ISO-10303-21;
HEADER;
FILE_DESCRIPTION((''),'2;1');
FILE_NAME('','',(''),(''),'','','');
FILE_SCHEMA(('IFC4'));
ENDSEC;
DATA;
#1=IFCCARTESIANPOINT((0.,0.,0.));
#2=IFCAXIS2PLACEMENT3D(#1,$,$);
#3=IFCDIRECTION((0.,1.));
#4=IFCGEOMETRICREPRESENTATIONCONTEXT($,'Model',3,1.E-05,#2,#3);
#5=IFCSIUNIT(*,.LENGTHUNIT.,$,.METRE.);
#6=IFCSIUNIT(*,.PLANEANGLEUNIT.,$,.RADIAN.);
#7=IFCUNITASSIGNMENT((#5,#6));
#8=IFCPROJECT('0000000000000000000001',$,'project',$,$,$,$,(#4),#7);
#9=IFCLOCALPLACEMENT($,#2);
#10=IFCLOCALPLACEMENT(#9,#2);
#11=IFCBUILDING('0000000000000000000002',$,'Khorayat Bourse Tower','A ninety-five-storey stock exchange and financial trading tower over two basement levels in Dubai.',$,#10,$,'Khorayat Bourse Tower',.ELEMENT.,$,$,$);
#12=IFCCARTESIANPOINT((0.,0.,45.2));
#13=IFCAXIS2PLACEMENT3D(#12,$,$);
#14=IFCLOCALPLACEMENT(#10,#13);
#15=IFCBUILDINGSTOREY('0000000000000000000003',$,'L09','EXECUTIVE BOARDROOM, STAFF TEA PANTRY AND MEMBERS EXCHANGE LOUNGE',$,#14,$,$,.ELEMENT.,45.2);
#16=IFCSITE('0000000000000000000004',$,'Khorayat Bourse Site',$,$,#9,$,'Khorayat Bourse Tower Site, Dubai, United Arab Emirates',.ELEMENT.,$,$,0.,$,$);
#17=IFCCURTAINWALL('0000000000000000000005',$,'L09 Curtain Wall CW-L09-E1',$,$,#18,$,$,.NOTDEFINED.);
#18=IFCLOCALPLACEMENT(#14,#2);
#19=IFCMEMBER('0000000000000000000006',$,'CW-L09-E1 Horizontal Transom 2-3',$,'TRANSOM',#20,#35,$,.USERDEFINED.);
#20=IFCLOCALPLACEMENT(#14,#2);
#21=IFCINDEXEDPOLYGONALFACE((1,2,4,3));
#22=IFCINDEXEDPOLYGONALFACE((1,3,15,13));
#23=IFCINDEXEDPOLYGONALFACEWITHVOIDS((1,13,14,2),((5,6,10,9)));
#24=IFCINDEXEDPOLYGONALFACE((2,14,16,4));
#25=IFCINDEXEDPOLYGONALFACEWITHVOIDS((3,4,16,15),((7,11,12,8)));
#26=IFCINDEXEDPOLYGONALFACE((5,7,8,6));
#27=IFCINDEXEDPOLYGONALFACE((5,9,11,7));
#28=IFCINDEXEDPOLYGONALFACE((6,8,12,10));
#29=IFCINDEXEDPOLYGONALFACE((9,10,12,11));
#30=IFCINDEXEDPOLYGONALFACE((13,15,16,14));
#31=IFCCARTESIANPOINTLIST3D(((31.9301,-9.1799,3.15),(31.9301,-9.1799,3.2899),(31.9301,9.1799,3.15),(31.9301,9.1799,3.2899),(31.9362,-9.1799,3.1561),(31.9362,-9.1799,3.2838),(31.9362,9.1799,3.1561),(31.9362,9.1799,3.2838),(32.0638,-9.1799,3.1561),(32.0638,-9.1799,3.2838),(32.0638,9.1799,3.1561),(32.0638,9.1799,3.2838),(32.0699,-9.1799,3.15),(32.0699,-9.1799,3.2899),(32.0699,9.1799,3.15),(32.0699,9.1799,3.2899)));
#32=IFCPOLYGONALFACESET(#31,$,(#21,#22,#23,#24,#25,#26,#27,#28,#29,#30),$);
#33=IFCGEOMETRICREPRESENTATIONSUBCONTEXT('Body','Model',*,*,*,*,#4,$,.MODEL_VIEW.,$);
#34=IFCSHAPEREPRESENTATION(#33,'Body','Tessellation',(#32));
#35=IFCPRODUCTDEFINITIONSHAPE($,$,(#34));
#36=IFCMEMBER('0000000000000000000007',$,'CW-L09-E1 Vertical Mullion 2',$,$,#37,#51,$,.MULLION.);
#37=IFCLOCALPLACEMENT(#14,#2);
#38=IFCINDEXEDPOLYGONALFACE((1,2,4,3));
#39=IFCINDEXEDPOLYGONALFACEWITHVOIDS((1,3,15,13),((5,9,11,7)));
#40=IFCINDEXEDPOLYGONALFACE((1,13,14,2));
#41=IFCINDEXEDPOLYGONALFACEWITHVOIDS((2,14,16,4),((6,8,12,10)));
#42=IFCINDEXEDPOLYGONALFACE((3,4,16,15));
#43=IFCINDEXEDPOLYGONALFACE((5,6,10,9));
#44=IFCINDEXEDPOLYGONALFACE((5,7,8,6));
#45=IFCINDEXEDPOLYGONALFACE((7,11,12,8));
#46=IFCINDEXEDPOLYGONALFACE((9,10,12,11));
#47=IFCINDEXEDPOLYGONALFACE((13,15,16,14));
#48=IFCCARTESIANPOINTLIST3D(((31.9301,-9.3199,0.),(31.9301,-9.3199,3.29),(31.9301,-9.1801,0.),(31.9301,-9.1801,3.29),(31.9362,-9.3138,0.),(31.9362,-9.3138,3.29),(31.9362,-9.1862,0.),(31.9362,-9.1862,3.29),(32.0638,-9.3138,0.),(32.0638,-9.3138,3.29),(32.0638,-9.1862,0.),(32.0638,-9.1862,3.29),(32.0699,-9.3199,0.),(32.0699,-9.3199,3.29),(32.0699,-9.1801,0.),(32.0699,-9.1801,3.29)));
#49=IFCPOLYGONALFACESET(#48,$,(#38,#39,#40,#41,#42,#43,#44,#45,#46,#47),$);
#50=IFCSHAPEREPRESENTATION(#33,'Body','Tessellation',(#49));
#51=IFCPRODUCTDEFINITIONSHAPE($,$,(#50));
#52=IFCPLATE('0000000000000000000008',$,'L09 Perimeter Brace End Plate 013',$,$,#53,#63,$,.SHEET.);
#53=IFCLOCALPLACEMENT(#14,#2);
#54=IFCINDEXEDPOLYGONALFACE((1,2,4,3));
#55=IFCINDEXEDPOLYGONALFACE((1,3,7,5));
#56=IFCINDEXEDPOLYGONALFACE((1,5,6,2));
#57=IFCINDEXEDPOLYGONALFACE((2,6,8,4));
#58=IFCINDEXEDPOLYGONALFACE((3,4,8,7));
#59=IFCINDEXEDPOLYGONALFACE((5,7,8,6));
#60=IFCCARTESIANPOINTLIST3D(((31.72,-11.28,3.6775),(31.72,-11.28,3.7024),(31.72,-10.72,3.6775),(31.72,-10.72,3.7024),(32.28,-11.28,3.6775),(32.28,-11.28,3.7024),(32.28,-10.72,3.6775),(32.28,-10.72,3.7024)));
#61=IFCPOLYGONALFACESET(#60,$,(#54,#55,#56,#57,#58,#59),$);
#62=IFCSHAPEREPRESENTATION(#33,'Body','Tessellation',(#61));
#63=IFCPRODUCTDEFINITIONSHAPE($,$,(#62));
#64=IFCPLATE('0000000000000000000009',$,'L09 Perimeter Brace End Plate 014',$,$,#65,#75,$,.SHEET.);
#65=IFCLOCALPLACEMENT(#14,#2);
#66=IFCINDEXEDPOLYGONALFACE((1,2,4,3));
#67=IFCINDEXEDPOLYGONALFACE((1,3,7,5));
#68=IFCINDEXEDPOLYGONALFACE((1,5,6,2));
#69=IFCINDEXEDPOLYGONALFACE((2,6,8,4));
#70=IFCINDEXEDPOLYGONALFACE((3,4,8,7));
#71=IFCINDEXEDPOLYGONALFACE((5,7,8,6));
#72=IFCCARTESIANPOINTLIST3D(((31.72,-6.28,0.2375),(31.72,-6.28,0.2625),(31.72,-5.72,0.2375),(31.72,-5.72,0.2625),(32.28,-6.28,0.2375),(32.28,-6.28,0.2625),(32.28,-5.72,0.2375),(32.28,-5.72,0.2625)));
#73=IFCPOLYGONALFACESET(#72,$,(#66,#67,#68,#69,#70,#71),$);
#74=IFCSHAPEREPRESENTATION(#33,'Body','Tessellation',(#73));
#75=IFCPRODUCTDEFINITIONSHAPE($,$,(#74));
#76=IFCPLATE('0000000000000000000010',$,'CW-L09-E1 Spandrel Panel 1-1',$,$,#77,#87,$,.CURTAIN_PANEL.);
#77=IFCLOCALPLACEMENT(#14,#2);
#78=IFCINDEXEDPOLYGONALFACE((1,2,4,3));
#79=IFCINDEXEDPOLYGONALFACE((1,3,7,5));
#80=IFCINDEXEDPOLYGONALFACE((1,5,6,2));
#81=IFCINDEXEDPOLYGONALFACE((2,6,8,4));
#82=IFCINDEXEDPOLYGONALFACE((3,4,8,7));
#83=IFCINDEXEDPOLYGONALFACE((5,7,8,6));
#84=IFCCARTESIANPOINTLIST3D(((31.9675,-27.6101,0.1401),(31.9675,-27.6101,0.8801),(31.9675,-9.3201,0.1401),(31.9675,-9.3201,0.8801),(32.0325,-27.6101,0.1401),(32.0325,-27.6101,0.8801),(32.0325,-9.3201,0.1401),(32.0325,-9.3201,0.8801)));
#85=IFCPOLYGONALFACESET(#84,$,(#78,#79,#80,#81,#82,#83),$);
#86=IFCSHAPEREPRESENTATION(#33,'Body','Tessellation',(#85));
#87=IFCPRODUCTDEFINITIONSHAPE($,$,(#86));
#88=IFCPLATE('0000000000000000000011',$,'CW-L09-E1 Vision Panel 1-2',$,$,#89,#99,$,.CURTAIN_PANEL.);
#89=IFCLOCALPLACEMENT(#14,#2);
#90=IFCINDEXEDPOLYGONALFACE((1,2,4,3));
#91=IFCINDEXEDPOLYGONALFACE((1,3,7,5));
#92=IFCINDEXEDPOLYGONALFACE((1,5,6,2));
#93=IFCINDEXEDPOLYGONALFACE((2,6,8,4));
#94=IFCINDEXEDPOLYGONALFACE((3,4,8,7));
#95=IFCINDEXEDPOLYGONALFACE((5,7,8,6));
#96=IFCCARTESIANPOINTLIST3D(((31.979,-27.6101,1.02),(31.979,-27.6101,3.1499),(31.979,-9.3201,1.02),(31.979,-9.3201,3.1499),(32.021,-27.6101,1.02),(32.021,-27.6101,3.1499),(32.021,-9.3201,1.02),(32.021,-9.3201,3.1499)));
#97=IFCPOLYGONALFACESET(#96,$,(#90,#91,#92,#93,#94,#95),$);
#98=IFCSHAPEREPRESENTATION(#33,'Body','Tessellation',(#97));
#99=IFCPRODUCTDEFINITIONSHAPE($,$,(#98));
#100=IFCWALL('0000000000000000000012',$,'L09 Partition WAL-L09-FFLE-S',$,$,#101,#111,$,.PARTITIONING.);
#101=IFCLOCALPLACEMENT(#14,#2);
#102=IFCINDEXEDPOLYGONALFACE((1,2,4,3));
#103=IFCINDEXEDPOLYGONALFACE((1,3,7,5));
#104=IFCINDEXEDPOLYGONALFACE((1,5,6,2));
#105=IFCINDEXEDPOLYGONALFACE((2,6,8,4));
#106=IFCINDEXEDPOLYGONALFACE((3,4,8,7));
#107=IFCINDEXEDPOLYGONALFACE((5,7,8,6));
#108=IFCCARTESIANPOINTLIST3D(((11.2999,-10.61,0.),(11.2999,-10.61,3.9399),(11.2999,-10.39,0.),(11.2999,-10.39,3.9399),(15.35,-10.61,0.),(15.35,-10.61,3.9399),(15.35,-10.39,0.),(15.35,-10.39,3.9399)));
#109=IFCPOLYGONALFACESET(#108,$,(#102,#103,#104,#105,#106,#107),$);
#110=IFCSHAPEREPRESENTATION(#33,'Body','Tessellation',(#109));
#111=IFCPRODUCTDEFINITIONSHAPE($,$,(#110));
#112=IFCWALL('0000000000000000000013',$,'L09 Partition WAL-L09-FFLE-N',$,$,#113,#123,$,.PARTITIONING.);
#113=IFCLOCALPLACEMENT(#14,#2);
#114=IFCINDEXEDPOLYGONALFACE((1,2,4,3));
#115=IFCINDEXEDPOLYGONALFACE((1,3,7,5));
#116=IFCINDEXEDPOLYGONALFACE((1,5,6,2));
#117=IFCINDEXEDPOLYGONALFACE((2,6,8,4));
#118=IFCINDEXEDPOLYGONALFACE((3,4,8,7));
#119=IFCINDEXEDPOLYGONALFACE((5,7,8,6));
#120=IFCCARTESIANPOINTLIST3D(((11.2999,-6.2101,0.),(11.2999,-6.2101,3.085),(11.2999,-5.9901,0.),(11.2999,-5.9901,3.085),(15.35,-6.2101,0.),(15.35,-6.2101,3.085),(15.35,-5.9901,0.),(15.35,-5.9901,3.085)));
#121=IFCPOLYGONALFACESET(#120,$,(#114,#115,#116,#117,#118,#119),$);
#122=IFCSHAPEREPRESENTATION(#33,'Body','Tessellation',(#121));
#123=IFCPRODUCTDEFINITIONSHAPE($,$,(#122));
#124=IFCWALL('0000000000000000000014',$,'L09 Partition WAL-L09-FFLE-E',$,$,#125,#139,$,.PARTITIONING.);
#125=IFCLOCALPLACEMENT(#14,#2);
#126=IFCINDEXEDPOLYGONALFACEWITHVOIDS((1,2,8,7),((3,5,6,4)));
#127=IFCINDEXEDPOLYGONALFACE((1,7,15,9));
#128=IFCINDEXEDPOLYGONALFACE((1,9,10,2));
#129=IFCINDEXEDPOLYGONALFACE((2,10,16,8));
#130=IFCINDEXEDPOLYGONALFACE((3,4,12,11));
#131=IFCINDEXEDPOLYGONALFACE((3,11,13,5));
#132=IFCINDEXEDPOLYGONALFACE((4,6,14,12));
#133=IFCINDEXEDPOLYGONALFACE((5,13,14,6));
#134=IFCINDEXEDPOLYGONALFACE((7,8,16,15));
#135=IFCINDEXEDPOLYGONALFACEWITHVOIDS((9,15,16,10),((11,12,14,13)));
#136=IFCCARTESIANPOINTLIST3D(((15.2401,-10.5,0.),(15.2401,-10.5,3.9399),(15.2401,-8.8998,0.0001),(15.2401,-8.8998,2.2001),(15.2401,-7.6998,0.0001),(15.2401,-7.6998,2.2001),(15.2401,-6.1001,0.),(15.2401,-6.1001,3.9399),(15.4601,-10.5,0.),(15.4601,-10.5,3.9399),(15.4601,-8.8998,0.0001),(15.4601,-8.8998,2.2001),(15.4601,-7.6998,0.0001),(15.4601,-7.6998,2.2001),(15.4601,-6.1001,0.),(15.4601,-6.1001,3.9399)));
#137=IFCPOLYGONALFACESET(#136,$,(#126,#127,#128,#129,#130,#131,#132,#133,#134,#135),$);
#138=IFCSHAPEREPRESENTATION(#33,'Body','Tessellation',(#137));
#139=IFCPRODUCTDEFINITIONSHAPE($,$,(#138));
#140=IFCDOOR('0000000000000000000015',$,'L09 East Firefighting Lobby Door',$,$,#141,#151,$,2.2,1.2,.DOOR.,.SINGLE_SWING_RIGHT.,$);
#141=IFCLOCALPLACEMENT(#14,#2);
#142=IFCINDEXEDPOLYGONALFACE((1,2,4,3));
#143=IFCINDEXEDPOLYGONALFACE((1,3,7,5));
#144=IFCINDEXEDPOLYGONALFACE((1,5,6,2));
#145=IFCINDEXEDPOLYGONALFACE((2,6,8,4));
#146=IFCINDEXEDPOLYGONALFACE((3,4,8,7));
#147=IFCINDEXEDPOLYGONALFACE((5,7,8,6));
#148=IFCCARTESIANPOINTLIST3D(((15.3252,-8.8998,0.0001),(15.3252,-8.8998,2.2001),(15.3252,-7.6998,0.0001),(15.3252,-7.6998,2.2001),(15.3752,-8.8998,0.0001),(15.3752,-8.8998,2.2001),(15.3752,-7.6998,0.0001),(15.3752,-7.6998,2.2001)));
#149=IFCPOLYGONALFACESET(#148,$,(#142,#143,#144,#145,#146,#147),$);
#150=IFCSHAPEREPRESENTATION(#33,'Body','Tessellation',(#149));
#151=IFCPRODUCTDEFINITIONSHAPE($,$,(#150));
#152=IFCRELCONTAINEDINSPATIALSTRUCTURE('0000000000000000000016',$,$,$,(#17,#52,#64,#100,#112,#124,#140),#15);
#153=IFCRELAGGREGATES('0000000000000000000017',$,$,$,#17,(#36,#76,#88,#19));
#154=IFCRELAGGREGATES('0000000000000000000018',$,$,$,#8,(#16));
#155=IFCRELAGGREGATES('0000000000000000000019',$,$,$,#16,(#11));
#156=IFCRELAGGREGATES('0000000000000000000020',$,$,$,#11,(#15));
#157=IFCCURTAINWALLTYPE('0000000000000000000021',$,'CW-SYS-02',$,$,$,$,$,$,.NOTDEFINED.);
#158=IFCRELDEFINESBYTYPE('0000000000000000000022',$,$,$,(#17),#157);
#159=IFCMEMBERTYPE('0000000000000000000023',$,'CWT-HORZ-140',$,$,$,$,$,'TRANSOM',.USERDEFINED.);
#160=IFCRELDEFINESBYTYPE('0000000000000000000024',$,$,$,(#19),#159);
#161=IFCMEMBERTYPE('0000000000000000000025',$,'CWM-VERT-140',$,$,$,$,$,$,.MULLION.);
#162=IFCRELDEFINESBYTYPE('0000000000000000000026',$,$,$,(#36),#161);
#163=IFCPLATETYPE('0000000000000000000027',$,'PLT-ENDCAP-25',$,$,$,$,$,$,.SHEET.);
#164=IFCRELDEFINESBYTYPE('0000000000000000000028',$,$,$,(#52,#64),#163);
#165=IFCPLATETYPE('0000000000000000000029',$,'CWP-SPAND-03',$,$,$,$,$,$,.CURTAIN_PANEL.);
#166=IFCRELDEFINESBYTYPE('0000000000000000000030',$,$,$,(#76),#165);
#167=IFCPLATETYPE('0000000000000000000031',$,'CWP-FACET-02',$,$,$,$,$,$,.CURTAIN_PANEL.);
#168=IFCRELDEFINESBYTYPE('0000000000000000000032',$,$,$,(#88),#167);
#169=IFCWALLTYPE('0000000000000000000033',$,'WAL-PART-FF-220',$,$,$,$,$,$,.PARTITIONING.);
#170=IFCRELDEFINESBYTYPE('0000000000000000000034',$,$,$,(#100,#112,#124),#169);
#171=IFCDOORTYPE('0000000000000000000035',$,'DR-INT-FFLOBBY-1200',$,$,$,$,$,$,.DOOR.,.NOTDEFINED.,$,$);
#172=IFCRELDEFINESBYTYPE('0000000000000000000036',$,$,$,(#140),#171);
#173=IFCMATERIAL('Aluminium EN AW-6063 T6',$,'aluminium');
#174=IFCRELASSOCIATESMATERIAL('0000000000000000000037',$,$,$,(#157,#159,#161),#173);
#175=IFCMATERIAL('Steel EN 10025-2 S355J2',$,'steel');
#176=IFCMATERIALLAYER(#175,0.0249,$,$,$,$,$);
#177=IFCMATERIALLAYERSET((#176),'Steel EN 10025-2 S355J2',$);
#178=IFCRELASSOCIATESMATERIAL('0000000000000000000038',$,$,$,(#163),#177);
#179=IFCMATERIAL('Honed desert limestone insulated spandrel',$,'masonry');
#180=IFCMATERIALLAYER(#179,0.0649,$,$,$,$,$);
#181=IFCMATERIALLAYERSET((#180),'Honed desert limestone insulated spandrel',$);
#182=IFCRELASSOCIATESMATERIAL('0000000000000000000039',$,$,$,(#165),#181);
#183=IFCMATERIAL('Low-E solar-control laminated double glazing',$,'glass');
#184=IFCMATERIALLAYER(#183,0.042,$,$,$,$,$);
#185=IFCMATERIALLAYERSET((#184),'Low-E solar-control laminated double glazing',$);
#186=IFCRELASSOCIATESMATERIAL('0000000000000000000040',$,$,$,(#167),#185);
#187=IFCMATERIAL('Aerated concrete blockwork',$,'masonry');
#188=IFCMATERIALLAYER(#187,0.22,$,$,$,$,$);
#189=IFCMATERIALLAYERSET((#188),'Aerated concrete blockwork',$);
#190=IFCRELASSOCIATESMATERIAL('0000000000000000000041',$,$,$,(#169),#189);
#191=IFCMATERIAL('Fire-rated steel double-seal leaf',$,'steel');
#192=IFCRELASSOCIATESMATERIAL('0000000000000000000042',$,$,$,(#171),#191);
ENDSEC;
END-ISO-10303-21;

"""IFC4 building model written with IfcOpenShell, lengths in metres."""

from ifc_helpers import new_model, si_unit, direction, frame, frame_2d, origin, origin_2d, place, context, subcontext, project, spatial, rectangle, hollow_rectangle, extrude, source, transform, mapped, material, layer, layer_set, material_profile, profile_set, type_object, element, fill, aggregate, save


model = new_model("IFC4")

# Units and contexts
model_context = context("Model", 3, precision=1e-05, world=origin(), true_north=direction((0.0, 1.0)))
body_context = subcontext(model_context, "Body", "Model", "MODEL_VIEW")
ifc_project = project(units=[si_unit("LENGTHUNIT", "METRE"), si_unit("PLANEANGLEUNIT", "RADIAN")], contexts=[model_context])

# Site, building, storey
site_placement = place(None, origin())
site = spatial("IfcSite", under=ifc_project, at=site_placement, Name="Khorayat Bourse Site", LongName="Khorayat Bourse Tower Site, Dubai, United Arab Emirates", CompositionType="ELEMENT", RefElevation=0.0)
building_placement = place(site_placement, origin())
building = spatial("IfcBuilding", under=site, at=building_placement, Name="Khorayat Bourse Tower", Description="A ninety-five-storey stock exchange and financial trading tower over two basement levels in Dubai.", LongName="Khorayat Bourse Tower", CompositionType="ELEMENT")
storey_placement = place(building_placement, frame((0.0, 0.0, 45.2)))
storey = spatial("IfcBuildingStorey", under=building, at=storey_placement, Name="L09", Description="EXECUTIVE BOARDROOM, STAFF TEA PANTRY AND MEMBERS EXCHANGE LOUNGE", CompositionType="ELEMENT", Elevation=45.2)

# Curtain wall, members
ifc_material_1 = material(Name="Aluminium EN AW-6063 T6", Category="aluminium")
curtain_wall_type = type_object("IfcCurtainWallType", Name="CW-SYS-02", PredefinedType="NOTDEFINED", material=ifc_material_1)
curtain_wall_placement = place(storey_placement, origin())
curtain_wall = element("IfcCurtainWall", 1, at=curtain_wall_placement, inside=storey, type_object=curtain_wall_type, Name="L09 Curtain Wall CW-L09-E1", PredefinedType="NOTDEFINED")
ifc_material_profile_1 = material_profile(ifc_material_1, hollow_rectangle(XDim=0.1399, YDim=0.1399, WallThickness=0.0061, at=origin_2d()), Name="ALU 140x140x6")
ifc_profile_set_1 = profile_set([ifc_material_profile_1], Name="Aluminium EN AW-6063 T6")
member_type_1 = type_object("IfcMemberType", Name="CWT-HORZ-140", ElementType="TRANSOM", PredefinedType="USERDEFINED", material=ifc_profile_set_1)
shared_shape_1 = source(origin(), body_context, "Body", "SweptSolid", [
    extrude(hollow_rectangle(XDim=0.1399, YDim=0.1399, WallThickness=0.0061, at=origin_2d()), origin(), (0.0, 0.0, 1.0), 18.3599),
])
member_1_placement = place(storey_placement, frame((32.0, -9.1799, 3.22), z_axis=(0.0, 1.0, 0.0), x_axis=(-1.0, 0.0, 0.0)))
member_1 = element("IfcMember", 2, at=member_1_placement, type_object=member_type_1, Name="CW-L09-E1 Horizontal Transom 2-3", ObjectType="TRANSOM", PredefinedType="USERDEFINED", context=body_context, shape_type="MappedRepresentation", body=[
    mapped(shared_shape_1, transform((0.0, 0.0, 0.0), scale=1.0)),
])
ifc_material_profile_2 = material_profile(ifc_material_1, hollow_rectangle(XDim=0.1399, YDim=0.1399, WallThickness=0.0061, at=origin_2d()), Name="ALU 140x140x6")
ifc_profile_set_2 = profile_set([ifc_material_profile_2], Name="Aluminium EN AW-6063 T6")
member_type_2 = type_object("IfcMemberType", Name="CWM-VERT-140", PredefinedType="MULLION", material=ifc_profile_set_2)
shared_shape_2 = source(origin(), body_context, "Body", "SweptSolid", [
    extrude(hollow_rectangle(XDim=0.1399, YDim=0.1399, WallThickness=0.0061, at=origin_2d()), origin(), (0.0, 0.0, 1.0), 3.29),
])
member_2_placement = place(storey_placement, frame((32.0, -9.25, 0.0), z_axis=(0.0, 0.0, 1.0), x_axis=(-1.0, 0.0, 0.0)))
member_2 = element("IfcMember", 3, at=member_2_placement, type_object=member_type_2, Name="CW-L09-E1 Vertical Mullion 2", PredefinedType="MULLION", context=body_context, shape_type="MappedRepresentation", body=[
    mapped(shared_shape_2, transform((0.0, 0.0, 0.0), scale=1.0)),
])

# Plates
ifc_material_2 = material(Name="Steel EN 10025-2 S355J2", Category="steel")
ifc_layer_1 = layer(ifc_material_2, 0.0249)
ifc_layer_set_1 = layer_set([ifc_layer_1], Name="Steel EN 10025-2 S355J2")
plate_type_1 = type_object("IfcPlateType", Name="PLT-ENDCAP-25", PredefinedType="SHEET", material=ifc_layer_set_1)
shared_shape_3 = source(origin(), body_context, "Body", "SweptSolid", [
    extrude(rectangle(XDim=0.5601, YDim=0.5601, at=origin_2d()), origin(), (0.0, 0.0, 1.0), 0.0249),
])
for number, where, z_axis, x_axis, name in (
    (4, (32.0, -11.0, 3.6775), (0.0, 0.0, 1.0), (1.0, 0.0, 0.0), "L09 Perimeter Brace End Plate 013"),
    (5, (32.0, -6.0, 0.2375), (0.0, 0.0, 1.0), (1.0, 0.0, 0.0), "L09 Perimeter Brace End Plate 014"),
):
    element("IfcPlate", number, at=place(storey_placement, frame(where, z_axis=z_axis, x_axis=x_axis)), inside=storey, type_object=plate_type_1, Name=name, PredefinedType="SHEET", context=body_context, shape_type="MappedRepresentation", body=[
        mapped(shared_shape_3, transform((0.0, 0.0, 0.0), scale=1.0)),
    ])

# Plates
ifc_material_3 = material(Name="Honed desert limestone insulated spandrel", Category="masonry")
ifc_layer_2 = layer(ifc_material_3, 0.0649)
ifc_layer_set_2 = layer_set([ifc_layer_2], Name="Honed desert limestone insulated spandrel")
plate_type_2 = type_object("IfcPlateType", Name="CWP-SPAND-03", PredefinedType="CURTAIN_PANEL", material=ifc_layer_set_2)
shared_shape_4 = source(origin(), body_context, "Body", "SweptSolid", [
    extrude(rectangle(XDim=18.29, YDim=0.0649, at=origin_2d()), origin(), (0.0, 0.0, 1.0), 0.74),
])
plate_1_placement = place(storey_placement, frame((32.0, -18.4651, 0.1401), z_axis=(0.0, 0.0, 1.0), x_axis=(0.0, 1.0, 0.0)))
plate_1 = element("IfcPlate", 6, at=plate_1_placement, type_object=plate_type_2, Name="CW-L09-E1 Spandrel Panel 1-1", PredefinedType="CURTAIN_PANEL", context=body_context, shape_type="MappedRepresentation", body=[
    mapped(shared_shape_4, transform((0.0, 0.0, 0.0), scale=1.0)),
])
ifc_material_4 = material(Name="Low-E solar-control laminated double glazing", Category="glass")
ifc_layer_3 = layer(ifc_material_4, 0.042)
ifc_layer_set_3 = layer_set([ifc_layer_3], Name="Low-E solar-control laminated double glazing")
plate_type_3 = type_object("IfcPlateType", Name="CWP-FACET-02", PredefinedType="CURTAIN_PANEL", material=ifc_layer_set_3)
shared_shape_5 = source(origin(), body_context, "Body", "SweptSolid", [
    extrude(rectangle(XDim=18.29, YDim=0.042, at=origin_2d()), origin(), (0.0, 0.0, 1.0), 2.1299),
])
plate_2_placement = place(storey_placement, frame((32.0, -18.4651, 1.02), z_axis=(0.0, 0.0, 1.0), x_axis=(0.0, 1.0, 0.0)))
plate_2 = element("IfcPlate", 7, at=plate_2_placement, type_object=plate_type_3, Name="CW-L09-E1 Vision Panel 1-2", PredefinedType="CURTAIN_PANEL", context=body_context, shape_type="MappedRepresentation", body=[
    mapped(shared_shape_5, transform((0.0, 0.0, 0.0), scale=1.0)),
])
aggregate(curtain_wall, [member_2, plate_1, plate_2, member_1])

# Walls
ifc_material_5 = material(Name="Aerated concrete blockwork", Category="masonry")
ifc_layer_4 = layer(ifc_material_5, 0.22)
ifc_layer_set_4 = layer_set([ifc_layer_4], Name="Aerated concrete blockwork")
wall_type_1 = type_object("IfcWallType", Name="WAL-PART-FF-220", PredefinedType="PARTITIONING", material=ifc_layer_set_4)
shared_shape_6 = source(origin(), body_context, "Body", "SweptSolid", [
    extrude(rectangle(XDim=4.05, YDim=0.22, at=frame_2d((2.0249, 0.0))), origin(), (0.0, 0.0, 1.0), 3.9399),
])
wall_1_placement = place(storey_placement, frame((11.3, -10.5, 0.0), z_axis=(0.0, 0.0, 1.0), x_axis=(1.0, 0.0, 0.0)))
element("IfcWall", 8, at=wall_1_placement, inside=storey, type_object=wall_type_1, Name="L09 Partition WAL-L09-FFLE-S", PredefinedType="PARTITIONING", context=body_context, shape_type="MappedRepresentation", body=[
    mapped(shared_shape_6, transform((0.0, 0.0, 0.0), scale=1.0)),
])
shared_shape_7 = source(origin(), body_context, "Body", "SweptSolid", [
    extrude(rectangle(XDim=4.05, YDim=0.22, at=frame_2d((2.0249, 0.0))), origin(), (0.0, 0.0, 1.0), 3.085),
])
wall_2_placement = place(storey_placement, frame((11.3, -6.1001, 0.0), z_axis=(0.0, 0.0, 1.0), x_axis=(1.0, 0.0, 0.0)))
element("IfcWall", 9, at=wall_2_placement, inside=storey, type_object=wall_type_1, Name="L09 Partition WAL-L09-FFLE-N", PredefinedType="PARTITIONING", context=body_context, shape_type="MappedRepresentation", body=[
    mapped(shared_shape_7, transform((0.0, 0.0, 0.0), scale=1.0)),
])

# Wall, opening, door
shared_shape_8 = source(origin(), body_context, "Body", "SweptSolid", [
    extrude(rectangle(XDim=4.3999, YDim=0.22, at=frame_2d((2.2, 0.0))), origin(), (0.0, 0.0, 1.0), 3.9399),
])
wall_3_placement = place(storey_placement, frame((15.3501, -10.5, 0.0), z_axis=(0.0, 0.0, 1.0), x_axis=(0.0, 1.0, 0.0)))
wall_3 = element("IfcWall", 10, at=wall_3_placement, inside=storey, type_object=wall_type_1, Name="L09 Partition WAL-L09-FFLE-E", PredefinedType="PARTITIONING", context=body_context, shape_type="MappedRepresentation", body=[
    mapped(shared_shape_8, transform((0.0, 0.0, 0.0), scale=1.0)),
])
shared_shape_9 = source(origin(), body_context, "Body", "SweptSolid", [
    extrude(rectangle(XDim=1.2, YDim=2.2, at=frame_2d((0.6001, 1.1001))), frame((0.0, 0.1199, 0.0), z_axis=(0.0, -1.0, 0.0), x_axis=(1.0, 0.0, 0.0)), (0.0, 0.0, 1.0), 0.24),
])
opening_1_placement = place(wall_3_placement, frame((1.6001, 0.0, 0.0)))
opening_1 = element("IfcOpeningElement", 11, at=opening_1_placement, cuts=wall_3, PredefinedType="OPENING", context=body_context, shape_type="MappedRepresentation", body=[
    mapped(shared_shape_9, transform((0.0, 0.0, 0.0), scale=1.0)),
])
ifc_material_6 = material(Name="Fire-rated steel double-seal leaf", Category="steel")
door_type_1 = type_object("IfcDoorType", Name="DR-INT-FFLOBBY-1200", OperationType="NOTDEFINED", PredefinedType="DOOR", material=ifc_material_6)
shared_shape_10 = source(origin(), body_context, "Body", "SweptSolid", [
    extrude(rectangle(XDim=1.2, YDim=2.2, at=frame_2d((0.6001, 1.1001))), frame((0.0, 0.0249, 0.0), z_axis=(0.0, -1.0, 0.0), x_axis=(1.0, 0.0, 0.0)), (0.0, 0.0, 1.0), 0.05),
])
door_1_placement = place(opening_1_placement, origin())
door_1 = element("IfcDoor", 12, at=door_1_placement, inside=storey, type_object=door_type_1, Name="L09 East Firefighting Lobby Door", OperationType="SINGLE_SWING_RIGHT", OverallHeight=2.2, OverallWidth=1.2, PredefinedType="DOOR", context=body_context, shape_type="MappedRepresentation", body=[
    mapped(shared_shape_10, transform((0.0, 0.0, 0.0), scale=1.0)),
])
fill(opening_1, door_1)

save(model, "model.ifc")
